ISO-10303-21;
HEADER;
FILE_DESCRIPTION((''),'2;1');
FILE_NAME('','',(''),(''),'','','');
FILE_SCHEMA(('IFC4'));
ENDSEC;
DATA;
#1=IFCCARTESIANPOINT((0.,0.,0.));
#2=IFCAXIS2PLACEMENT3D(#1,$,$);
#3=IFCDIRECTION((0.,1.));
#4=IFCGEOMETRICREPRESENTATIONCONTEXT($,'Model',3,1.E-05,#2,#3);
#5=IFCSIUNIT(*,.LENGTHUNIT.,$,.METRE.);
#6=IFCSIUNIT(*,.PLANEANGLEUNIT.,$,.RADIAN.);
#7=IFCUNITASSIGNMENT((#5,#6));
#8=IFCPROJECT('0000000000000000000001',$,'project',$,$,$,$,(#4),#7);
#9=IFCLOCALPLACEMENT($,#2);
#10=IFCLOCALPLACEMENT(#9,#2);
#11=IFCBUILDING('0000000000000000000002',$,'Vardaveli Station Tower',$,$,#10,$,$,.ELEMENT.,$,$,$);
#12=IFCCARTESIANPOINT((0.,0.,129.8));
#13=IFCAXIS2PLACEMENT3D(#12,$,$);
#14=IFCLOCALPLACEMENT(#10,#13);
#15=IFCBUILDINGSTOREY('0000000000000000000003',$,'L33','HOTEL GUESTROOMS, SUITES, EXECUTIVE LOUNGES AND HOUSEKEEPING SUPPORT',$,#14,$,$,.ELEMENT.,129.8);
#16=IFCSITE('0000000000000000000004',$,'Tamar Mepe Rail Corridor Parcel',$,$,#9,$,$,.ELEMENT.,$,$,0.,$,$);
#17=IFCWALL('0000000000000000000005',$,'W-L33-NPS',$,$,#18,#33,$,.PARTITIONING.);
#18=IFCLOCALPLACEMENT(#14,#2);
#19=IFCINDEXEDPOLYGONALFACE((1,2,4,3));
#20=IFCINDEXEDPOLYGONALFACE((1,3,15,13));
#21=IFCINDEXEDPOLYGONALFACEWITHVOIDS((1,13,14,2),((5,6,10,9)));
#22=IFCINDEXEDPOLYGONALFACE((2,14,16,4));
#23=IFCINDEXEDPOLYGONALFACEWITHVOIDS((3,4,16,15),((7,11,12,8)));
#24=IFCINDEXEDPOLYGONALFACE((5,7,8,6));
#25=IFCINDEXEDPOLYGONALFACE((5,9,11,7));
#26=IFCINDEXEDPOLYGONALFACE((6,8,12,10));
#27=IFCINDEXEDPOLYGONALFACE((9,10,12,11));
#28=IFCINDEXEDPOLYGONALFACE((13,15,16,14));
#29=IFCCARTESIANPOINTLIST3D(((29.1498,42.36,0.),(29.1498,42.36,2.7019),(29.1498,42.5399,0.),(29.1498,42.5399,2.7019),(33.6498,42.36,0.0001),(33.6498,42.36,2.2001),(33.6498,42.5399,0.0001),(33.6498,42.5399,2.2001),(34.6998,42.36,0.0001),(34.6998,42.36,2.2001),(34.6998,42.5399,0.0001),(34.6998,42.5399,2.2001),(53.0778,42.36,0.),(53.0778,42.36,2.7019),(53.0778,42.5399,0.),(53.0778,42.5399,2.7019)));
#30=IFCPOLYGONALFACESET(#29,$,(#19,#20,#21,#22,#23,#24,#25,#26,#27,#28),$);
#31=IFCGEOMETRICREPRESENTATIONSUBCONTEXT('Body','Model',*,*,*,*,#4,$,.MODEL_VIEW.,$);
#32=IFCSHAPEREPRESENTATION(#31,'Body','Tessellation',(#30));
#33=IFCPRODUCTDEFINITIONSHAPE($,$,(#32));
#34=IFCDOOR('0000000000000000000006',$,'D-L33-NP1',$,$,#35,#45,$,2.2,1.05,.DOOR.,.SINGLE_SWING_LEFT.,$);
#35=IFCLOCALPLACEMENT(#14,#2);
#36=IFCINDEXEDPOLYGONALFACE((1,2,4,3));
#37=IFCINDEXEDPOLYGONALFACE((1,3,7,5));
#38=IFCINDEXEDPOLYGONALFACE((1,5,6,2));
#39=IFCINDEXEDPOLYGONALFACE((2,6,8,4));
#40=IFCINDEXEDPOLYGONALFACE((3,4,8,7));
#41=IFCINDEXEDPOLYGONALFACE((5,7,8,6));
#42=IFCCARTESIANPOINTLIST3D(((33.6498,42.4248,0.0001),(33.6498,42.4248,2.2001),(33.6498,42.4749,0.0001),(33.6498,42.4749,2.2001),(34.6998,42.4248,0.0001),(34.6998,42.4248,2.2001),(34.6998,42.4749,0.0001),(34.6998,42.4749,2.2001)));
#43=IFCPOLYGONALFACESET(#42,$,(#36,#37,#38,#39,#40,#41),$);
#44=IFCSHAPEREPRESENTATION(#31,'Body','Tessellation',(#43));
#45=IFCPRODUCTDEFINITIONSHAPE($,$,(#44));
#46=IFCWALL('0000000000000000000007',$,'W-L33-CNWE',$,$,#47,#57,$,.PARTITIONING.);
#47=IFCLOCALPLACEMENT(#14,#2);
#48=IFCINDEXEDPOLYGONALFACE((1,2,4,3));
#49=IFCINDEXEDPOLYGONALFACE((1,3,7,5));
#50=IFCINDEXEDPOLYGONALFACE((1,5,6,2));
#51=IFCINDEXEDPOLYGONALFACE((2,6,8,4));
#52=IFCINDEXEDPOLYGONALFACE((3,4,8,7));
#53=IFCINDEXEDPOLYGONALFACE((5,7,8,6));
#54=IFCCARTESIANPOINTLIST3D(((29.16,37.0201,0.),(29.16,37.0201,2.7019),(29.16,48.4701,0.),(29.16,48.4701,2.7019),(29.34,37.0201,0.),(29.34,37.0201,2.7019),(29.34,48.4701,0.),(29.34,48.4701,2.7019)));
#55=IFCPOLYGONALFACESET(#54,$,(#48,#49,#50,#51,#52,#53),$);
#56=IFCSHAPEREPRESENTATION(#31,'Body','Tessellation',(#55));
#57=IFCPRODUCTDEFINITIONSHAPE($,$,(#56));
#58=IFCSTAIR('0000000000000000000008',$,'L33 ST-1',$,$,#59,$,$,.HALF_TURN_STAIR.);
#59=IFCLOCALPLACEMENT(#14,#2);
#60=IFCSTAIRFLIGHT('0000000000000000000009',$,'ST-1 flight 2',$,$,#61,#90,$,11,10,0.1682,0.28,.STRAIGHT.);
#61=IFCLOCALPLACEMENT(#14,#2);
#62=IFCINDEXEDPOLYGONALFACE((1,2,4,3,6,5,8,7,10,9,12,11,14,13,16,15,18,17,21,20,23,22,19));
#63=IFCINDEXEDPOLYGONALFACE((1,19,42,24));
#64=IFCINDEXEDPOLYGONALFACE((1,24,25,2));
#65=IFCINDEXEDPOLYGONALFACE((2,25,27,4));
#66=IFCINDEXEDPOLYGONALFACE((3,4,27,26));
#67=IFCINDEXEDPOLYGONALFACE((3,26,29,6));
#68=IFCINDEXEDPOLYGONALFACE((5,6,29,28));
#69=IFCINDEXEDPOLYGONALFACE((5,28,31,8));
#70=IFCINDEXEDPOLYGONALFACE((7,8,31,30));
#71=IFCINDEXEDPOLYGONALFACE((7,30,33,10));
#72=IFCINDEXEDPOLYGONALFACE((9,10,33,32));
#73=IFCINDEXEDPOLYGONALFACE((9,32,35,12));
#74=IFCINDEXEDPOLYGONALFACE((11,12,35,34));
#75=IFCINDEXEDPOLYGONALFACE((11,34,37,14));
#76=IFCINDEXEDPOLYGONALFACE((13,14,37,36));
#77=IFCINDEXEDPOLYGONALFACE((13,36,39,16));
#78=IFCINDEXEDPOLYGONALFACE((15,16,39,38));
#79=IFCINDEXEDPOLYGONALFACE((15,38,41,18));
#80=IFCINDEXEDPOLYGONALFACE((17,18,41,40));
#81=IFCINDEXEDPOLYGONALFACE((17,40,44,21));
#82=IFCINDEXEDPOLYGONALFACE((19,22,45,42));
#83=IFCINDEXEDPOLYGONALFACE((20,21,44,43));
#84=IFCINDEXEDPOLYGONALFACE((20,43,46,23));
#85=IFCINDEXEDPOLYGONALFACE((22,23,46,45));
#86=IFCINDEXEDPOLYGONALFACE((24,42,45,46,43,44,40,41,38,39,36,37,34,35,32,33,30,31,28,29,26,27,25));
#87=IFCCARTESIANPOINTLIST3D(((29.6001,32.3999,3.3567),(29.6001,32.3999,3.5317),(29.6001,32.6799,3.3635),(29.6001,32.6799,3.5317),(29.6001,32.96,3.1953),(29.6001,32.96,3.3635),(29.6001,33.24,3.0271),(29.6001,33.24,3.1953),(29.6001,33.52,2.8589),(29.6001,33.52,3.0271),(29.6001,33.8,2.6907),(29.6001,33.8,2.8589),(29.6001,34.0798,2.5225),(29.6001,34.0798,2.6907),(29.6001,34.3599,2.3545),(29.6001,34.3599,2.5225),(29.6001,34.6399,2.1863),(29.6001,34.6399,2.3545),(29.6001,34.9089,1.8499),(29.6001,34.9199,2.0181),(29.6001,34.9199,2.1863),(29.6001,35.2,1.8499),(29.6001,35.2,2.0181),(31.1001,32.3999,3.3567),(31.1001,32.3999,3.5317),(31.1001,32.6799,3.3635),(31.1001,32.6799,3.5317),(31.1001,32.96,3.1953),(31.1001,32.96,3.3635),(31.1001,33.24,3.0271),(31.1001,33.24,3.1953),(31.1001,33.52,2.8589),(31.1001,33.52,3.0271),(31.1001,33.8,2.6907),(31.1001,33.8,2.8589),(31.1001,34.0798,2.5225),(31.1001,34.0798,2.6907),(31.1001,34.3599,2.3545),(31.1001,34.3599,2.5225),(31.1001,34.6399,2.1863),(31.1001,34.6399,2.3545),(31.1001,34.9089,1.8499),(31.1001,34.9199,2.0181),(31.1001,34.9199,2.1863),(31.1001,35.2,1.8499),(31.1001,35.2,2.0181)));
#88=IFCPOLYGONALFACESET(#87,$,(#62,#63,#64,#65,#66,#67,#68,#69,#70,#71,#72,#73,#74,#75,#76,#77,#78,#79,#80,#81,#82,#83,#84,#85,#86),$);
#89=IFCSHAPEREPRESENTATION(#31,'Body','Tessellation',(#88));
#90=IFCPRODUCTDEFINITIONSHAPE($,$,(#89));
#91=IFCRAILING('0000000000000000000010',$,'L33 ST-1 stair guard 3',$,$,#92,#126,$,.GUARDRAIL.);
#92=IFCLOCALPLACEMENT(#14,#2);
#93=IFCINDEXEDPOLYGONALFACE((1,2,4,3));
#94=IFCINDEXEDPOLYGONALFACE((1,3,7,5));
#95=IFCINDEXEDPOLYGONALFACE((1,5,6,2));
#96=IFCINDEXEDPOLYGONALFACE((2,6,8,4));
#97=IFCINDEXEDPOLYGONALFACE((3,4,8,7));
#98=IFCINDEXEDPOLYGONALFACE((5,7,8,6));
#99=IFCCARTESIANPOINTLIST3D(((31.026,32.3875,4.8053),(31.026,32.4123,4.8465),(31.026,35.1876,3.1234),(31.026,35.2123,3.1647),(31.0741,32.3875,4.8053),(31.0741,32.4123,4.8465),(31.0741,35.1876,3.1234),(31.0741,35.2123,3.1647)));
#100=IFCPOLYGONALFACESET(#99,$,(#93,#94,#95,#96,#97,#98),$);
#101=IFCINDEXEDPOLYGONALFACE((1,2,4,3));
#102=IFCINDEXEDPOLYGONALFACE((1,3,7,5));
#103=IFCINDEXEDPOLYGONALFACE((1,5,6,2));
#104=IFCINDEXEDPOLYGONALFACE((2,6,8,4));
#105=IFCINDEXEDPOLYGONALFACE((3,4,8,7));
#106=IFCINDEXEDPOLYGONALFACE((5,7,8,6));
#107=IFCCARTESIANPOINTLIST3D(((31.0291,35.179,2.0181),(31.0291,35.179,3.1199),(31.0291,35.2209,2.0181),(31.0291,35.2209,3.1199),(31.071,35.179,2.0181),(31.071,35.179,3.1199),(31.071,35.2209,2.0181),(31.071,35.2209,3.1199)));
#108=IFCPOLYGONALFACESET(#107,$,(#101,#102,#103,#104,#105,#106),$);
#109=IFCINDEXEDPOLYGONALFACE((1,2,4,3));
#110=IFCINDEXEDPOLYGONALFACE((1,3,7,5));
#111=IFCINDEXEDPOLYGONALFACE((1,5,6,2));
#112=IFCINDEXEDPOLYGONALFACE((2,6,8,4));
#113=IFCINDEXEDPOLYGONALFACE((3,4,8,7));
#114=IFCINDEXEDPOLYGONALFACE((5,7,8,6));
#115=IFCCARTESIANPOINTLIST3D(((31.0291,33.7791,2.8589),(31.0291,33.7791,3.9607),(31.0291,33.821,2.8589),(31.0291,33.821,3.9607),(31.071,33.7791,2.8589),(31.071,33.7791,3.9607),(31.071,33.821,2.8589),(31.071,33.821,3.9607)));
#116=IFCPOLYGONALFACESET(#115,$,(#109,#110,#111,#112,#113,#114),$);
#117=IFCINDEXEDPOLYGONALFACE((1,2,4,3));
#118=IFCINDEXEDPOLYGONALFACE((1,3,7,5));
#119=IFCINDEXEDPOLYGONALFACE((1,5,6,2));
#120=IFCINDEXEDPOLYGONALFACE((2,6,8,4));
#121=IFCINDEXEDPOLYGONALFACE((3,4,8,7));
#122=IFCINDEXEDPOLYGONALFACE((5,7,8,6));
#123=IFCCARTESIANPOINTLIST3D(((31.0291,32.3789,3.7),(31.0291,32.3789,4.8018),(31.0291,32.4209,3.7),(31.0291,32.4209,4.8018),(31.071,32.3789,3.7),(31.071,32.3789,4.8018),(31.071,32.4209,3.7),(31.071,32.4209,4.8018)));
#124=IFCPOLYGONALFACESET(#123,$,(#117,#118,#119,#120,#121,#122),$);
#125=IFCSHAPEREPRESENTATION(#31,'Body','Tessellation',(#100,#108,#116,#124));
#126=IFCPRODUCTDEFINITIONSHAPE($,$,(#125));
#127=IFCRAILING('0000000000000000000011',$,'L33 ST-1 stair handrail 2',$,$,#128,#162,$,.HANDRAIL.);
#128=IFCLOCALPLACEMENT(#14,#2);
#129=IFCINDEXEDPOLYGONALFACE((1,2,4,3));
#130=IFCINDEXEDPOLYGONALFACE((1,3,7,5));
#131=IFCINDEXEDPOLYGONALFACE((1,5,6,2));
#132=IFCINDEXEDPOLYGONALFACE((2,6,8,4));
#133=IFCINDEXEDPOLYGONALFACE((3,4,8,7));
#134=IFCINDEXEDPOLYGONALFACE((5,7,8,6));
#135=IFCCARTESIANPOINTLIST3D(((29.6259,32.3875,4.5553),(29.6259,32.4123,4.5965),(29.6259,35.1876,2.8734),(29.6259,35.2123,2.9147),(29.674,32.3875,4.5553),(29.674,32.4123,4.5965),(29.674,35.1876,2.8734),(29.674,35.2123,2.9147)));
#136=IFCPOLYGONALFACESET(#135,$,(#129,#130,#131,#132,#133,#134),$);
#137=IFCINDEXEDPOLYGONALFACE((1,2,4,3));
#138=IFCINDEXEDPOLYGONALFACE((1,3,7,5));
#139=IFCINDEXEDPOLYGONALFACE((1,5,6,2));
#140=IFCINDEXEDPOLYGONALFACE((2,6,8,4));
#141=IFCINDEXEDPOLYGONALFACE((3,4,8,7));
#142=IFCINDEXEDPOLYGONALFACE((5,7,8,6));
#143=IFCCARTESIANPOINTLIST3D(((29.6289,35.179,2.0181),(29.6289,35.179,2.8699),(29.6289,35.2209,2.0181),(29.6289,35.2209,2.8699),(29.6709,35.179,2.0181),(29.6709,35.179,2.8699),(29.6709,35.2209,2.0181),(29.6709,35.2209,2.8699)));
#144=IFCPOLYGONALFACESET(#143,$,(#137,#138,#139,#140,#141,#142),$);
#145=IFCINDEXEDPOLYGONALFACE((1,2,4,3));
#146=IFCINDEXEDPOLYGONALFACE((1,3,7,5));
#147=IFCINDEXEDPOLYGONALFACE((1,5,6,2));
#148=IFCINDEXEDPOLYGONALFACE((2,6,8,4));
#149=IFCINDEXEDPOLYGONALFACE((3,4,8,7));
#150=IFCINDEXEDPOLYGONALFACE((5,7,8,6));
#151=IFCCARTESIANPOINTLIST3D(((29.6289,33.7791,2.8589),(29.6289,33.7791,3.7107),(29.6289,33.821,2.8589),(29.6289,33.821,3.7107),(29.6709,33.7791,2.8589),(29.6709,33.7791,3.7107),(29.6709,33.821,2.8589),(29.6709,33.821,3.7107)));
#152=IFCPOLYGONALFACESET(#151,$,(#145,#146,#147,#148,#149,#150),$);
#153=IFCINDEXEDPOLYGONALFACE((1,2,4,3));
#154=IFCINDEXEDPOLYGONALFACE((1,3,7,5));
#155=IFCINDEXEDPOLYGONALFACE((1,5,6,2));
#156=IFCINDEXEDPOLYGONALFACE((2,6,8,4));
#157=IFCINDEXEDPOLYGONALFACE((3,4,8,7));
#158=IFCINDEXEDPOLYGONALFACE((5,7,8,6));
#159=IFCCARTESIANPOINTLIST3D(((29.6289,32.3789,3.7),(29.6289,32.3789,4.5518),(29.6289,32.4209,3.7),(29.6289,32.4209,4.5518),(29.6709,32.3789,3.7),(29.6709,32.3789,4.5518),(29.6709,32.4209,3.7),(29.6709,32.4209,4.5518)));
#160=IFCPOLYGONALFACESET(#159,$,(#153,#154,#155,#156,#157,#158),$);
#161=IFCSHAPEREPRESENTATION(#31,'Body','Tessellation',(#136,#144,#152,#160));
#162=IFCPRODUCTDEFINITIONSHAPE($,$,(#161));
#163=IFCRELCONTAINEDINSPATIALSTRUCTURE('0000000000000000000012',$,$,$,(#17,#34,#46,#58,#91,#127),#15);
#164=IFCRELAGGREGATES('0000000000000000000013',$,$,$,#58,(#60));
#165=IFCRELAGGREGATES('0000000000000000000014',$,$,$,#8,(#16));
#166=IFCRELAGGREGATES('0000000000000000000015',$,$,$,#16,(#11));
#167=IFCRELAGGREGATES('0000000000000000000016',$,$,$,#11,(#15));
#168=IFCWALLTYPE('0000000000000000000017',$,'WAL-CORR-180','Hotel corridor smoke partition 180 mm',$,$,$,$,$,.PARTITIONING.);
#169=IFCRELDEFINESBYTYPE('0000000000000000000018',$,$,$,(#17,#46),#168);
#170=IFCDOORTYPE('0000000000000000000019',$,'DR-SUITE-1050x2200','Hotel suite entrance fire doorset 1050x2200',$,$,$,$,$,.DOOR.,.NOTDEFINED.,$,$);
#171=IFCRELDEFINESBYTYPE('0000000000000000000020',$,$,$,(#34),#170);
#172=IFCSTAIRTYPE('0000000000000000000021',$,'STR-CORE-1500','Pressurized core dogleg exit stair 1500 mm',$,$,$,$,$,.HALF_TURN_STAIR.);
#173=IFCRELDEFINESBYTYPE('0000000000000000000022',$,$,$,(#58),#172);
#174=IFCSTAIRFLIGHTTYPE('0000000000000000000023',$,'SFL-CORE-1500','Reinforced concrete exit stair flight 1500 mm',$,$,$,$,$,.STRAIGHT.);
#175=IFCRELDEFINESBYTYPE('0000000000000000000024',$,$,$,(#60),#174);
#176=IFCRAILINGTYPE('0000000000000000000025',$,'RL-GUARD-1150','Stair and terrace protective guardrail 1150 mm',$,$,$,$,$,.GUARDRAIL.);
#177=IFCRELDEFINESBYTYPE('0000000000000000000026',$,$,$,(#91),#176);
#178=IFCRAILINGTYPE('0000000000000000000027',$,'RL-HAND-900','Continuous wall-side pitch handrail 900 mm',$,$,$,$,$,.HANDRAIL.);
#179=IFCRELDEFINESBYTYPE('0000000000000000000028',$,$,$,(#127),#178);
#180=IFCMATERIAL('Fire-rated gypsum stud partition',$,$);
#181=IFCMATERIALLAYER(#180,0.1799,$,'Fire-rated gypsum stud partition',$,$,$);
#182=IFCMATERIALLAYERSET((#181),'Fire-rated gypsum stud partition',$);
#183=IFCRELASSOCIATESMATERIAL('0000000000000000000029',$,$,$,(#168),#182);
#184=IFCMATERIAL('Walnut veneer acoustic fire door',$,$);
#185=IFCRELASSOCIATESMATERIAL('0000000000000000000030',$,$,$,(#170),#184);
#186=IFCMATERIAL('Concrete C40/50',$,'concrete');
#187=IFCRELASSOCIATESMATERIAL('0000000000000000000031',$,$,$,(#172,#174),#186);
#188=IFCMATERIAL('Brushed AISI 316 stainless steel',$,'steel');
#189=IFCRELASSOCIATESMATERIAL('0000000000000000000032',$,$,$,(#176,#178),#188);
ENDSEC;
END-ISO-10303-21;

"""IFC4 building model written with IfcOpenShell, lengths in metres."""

from ifc_helpers import new_model, si_unit, direction, frame, frame_2d, origin, origin_2d, place, context, subcontext, project, spatial, polyline, rectangle, outline, extrude, source, transform, mapped, material, layer, layer_set, type_object, element, fill, aggregate, save


model = new_model("IFC4")

# Units and contexts
model_context = context("Model", 3, precision=1e-05, world=origin(), true_north=direction((0.0, 1.0)))
body_context = subcontext(model_context, "Body", "Model", "MODEL_VIEW")
ifc_project = project(units=[si_unit("LENGTHUNIT", "METRE"), si_unit("PLANEANGLEUNIT", "RADIAN")], contexts=[model_context])

# Site, building, storey
site_placement = place(None, origin())
site = spatial("IfcSite", under=ifc_project, at=site_placement, Name="Tamar Mepe Rail Corridor Parcel", CompositionType="ELEMENT", RefElevation=0.0)
building_placement = place(site_placement, origin())
building = spatial("IfcBuilding", under=site, at=building_placement, Name="Vardaveli Station Tower", CompositionType="ELEMENT")
storey_placement = place(building_placement, frame((0.0, 0.0, 129.8)))
storey = spatial("IfcBuildingStorey", under=building, at=storey_placement, Name="L33", Description="HOTEL GUESTROOMS, SUITES, EXECUTIVE LOUNGES AND HOUSEKEEPING SUPPORT", CompositionType="ELEMENT", Elevation=129.8)

# Shared definitions
ifc_material_1 = material(Name="Concrete C40/50", Category="concrete")

# Wall, opening, door
ifc_material_2 = material(Name="Fire-rated gypsum stud partition")
ifc_layer_1 = layer(ifc_material_2, 0.1799, Name="Fire-rated gypsum stud partition")
ifc_layer_set_1 = layer_set([ifc_layer_1], Name="Fire-rated gypsum stud partition")
wall_type_1 = type_object("IfcWallType", Name="WAL-CORR-180", Description="Hotel corridor smoke partition 180 mm", PredefinedType="PARTITIONING", material=ifc_layer_set_1)
shared_shape_1 = source(origin(), body_context, "Body", "SweptSolid", [
    extrude(rectangle(XDim=23.928, YDim=0.1799, at=frame_2d((11.9639, 0.0))), origin(), (0.0, 0.0, 1.0), 2.7019),
])
wall_1_placement = place(storey_placement, frame((29.1499, 42.45, 0.0), z_axis=(0.0, 0.0, 1.0), x_axis=(1.0, 0.0, 0.0)))
wall_1 = element("IfcWall", 1, at=wall_1_placement, inside=storey, type_object=wall_type_1, Name="W-L33-NPS", PredefinedType="PARTITIONING", context=body_context, shape_type="MappedRepresentation", body=[
    mapped(shared_shape_1, transform((0.0, 0.0, 0.0), scale=1.0)),
])
shared_shape_2 = source(origin(), body_context, "Body", "SweptSolid", [
    extrude(rectangle(XDim=1.05, YDim=2.2, at=frame_2d((0.5249, 1.1001))), frame((0.0, 0.1001, 0.0), z_axis=(0.0, -1.0, 0.0), x_axis=(1.0, 0.0, 0.0)), (0.0, 0.0, 1.0), 0.2),
])
opening_1_placement = place(wall_1_placement, frame((4.5, 0.0, 0.0)))
opening_1 = element("IfcOpeningElement", 2, at=opening_1_placement, cuts=wall_1, PredefinedType="OPENING", context=body_context, shape_type="MappedRepresentation", body=[
    mapped(shared_shape_2, transform((0.0, 0.0, 0.0), scale=1.0)),
])
ifc_material_3 = material(Name="Walnut veneer acoustic fire door")
door_type_1 = type_object("IfcDoorType", Name="DR-SUITE-1050x2200", Description="Hotel suite entrance fire doorset 1050x2200", OperationType="NOTDEFINED", PredefinedType="DOOR", material=ifc_material_3)
shared_shape_3 = source(origin(), body_context, "Body", "SweptSolid", [
    extrude(rectangle(XDim=1.05, YDim=2.2, at=frame_2d((0.5249, 1.1001))), frame((0.0, 0.0249, 0.0), z_axis=(0.0, -1.0, 0.0), x_axis=(1.0, 0.0, 0.0)), (0.0, 0.0, 1.0), 0.05),
])
door_1_placement = place(opening_1_placement, origin())
door_1 = element("IfcDoor", 3, at=door_1_placement, inside=storey, type_object=door_type_1, Name="D-L33-NP1", OperationType="SINGLE_SWING_LEFT", OverallHeight=2.2, OverallWidth=1.05, PredefinedType="DOOR", context=body_context, shape_type="MappedRepresentation", body=[
    mapped(shared_shape_3, transform((0.0, 0.0, 0.0), scale=1.0)),
])
fill(opening_1, door_1)

# Wall
shared_shape_4 = source(origin(), body_context, "Body", "SweptSolid", [
    extrude(rectangle(XDim=11.45, YDim=0.1799, at=frame_2d((5.7251, 0.0))), origin(), (0.0, 0.0, 1.0), 2.7019),
])
wall_2_placement = place(storey_placement, frame((29.25, 37.02, 0.0), z_axis=(0.0, 0.0, 1.0), x_axis=(0.0, 1.0, 0.0)))
element("IfcWall", 4, at=wall_2_placement, inside=storey, type_object=wall_type_1, Name="W-L33-CNWE", PredefinedType="PARTITIONING", context=body_context, shape_type="MappedRepresentation", body=[
    mapped(shared_shape_4, transform((0.0, 0.0, 0.0), scale=1.0)),
])

# Stair, stair flight
stair_type = type_object("IfcStairType", Name="STR-CORE-1500", Description="Pressurized core dogleg exit stair 1500 mm", PredefinedType="HALF_TURN_STAIR", material=ifc_material_1)
stair_placement = place(storey_placement, origin())
stair = element("IfcStair", 5, at=stair_placement, inside=storey, type_object=stair_type, Name="L33 ST-1", PredefinedType="HALF_TURN_STAIR")
stair_flight_type = type_object("IfcStairFlightType", Name="SFL-CORE-1500", Description="Reinforced concrete exit stair flight 1500 mm", PredefinedType="STRAIGHT", material=ifc_material_1)
shared_shape_5 = source(origin(), body_context, "Body", "SweptSolid", [
    extrude(outline(polyline([(0.0, 0.0), (0.0, 0.1682), (0.28, 0.1682), (0.28, 0.3364), (0.5601, 0.3364), (0.5601, 0.5046), (0.8401, 0.5046), (0.8401, 0.6726), (1.1201, 0.6726), (1.1201, 0.8408), (1.3999, 0.8408), (1.3999, 1.009), (1.6799, 1.009), (1.6799, 1.1772), (1.96, 1.1772), (1.96, 1.3455), (2.24, 1.3455), (2.24, 1.5137), (2.52, 1.5137), (2.52, 1.6819), (2.8, 1.6819), (2.8, 1.8501), (2.8, 1.5068), (0.291, 0.0), (0.0, 0.0)])), frame((0.0, 0.75, 0.0), z_axis=(0.0, -1.0, 0.0), x_axis=(1.0, 0.0, 0.0)), (0.0, 0.0, 1.0), 1.5),
])
stair_flight_placement = place(storey_placement, frame((30.3501, 35.2, 1.8499), z_axis=(0.0, 0.0, 1.0), x_axis=(0.0, -1.0, 0.0)))
stair_flight = element("IfcStairFlight", 6, at=stair_flight_placement, type_object=stair_flight_type, Name="ST-1 flight 2", NumberOfRisers=11, NumberOfTreads=10, PredefinedType="STRAIGHT", RiserHeight=0.1682, TreadLength=0.28, context=body_context, shape_type="MappedRepresentation", body=[
    mapped(shared_shape_5, transform((0.0, 0.0, 0.0), scale=1.0)),
])
aggregate(stair, [stair_flight])

# Railings
ifc_material_4 = material(Name="Brushed AISI 316 stainless steel", Category="steel")
railing_type_1 = type_object("IfcRailingType", Name="RL-GUARD-1150", Description="Stair and terrace protective guardrail 1150 mm", PredefinedType="GUARDRAIL", material=ifc_material_4)
shared_shape_6 = source(origin(), body_context, "Body", "SweptSolid", [
    extrude(rectangle(XDim=0.0481, YDim=0.0481, at=origin_2d()), frame((0.0, 0.0, 1.126), z_axis=(0.0, -0.857242, 0.514913), x_axis=(1.0, 0.0, 0.0)), (0.0, 0.0, 1.0), 3.2664),
    extrude(rectangle(XDim=0.042, YDim=0.042, at=origin_2d()), origin(), (0.0, 0.0, 1.0), 1.1018),
    extrude(rectangle(XDim=0.042, YDim=0.042, at=origin_2d()), frame((0.0, -1.3999, 0.8408)), (0.0, 0.0, 1.0), 1.1018),
    extrude(rectangle(XDim=0.042, YDim=0.042, at=origin_2d()), frame((0.0, -2.8, 1.6819)), (0.0, 0.0, 1.0), 1.1018),
])
railing_1_placement = place(storey_placement, frame((31.05, 35.2, 2.0181)))
element("IfcRailing", 7, at=railing_1_placement, inside=storey, type_object=railing_type_1, Name="L33 ST-1 stair guard 3", PredefinedType="GUARDRAIL", context=body_context, shape_type="MappedRepresentation", body=[
    mapped(shared_shape_6, transform((0.0, 0.0, 0.0), scale=1.0)),
])
railing_type_2 = type_object("IfcRailingType", Name="RL-HAND-900", Description="Continuous wall-side pitch handrail 900 mm", PredefinedType="HANDRAIL", material=ifc_material_4)
shared_shape_7 = source(origin(), body_context, "Body", "SweptSolid", [
    extrude(rectangle(XDim=0.0481, YDim=0.0481, at=origin_2d()), frame((0.0, 0.0, 0.876), z_axis=(0.0, -0.857242, 0.514913), x_axis=(1.0, 0.0, 0.0)), (0.0, 0.0, 1.0), 3.2664),
    extrude(rectangle(XDim=0.042, YDim=0.042, at=origin_2d()), origin(), (0.0, 0.0, 1.0), 0.8518),
    extrude(rectangle(XDim=0.042, YDim=0.042, at=origin_2d()), frame((0.0, -1.3999, 0.8408)), (0.0, 0.0, 1.0), 0.8518),
    extrude(rectangle(XDim=0.042, YDim=0.042, at=origin_2d()), frame((0.0, -2.8, 1.6819)), (0.0, 0.0, 1.0), 0.8518),
])
railing_2_placement = place(storey_placement, frame((29.6499, 35.2, 2.0181)))
element("IfcRailing", 8, at=railing_2_placement, inside=storey, type_object=railing_type_2, Name="L33 ST-1 stair handrail 2", PredefinedType="HANDRAIL", context=body_context, shape_type="MappedRepresentation", body=[
    mapped(shared_shape_7, transform((0.0, 0.0, 0.0), scale=1.0)),
])

save(model, "model.ifc")
